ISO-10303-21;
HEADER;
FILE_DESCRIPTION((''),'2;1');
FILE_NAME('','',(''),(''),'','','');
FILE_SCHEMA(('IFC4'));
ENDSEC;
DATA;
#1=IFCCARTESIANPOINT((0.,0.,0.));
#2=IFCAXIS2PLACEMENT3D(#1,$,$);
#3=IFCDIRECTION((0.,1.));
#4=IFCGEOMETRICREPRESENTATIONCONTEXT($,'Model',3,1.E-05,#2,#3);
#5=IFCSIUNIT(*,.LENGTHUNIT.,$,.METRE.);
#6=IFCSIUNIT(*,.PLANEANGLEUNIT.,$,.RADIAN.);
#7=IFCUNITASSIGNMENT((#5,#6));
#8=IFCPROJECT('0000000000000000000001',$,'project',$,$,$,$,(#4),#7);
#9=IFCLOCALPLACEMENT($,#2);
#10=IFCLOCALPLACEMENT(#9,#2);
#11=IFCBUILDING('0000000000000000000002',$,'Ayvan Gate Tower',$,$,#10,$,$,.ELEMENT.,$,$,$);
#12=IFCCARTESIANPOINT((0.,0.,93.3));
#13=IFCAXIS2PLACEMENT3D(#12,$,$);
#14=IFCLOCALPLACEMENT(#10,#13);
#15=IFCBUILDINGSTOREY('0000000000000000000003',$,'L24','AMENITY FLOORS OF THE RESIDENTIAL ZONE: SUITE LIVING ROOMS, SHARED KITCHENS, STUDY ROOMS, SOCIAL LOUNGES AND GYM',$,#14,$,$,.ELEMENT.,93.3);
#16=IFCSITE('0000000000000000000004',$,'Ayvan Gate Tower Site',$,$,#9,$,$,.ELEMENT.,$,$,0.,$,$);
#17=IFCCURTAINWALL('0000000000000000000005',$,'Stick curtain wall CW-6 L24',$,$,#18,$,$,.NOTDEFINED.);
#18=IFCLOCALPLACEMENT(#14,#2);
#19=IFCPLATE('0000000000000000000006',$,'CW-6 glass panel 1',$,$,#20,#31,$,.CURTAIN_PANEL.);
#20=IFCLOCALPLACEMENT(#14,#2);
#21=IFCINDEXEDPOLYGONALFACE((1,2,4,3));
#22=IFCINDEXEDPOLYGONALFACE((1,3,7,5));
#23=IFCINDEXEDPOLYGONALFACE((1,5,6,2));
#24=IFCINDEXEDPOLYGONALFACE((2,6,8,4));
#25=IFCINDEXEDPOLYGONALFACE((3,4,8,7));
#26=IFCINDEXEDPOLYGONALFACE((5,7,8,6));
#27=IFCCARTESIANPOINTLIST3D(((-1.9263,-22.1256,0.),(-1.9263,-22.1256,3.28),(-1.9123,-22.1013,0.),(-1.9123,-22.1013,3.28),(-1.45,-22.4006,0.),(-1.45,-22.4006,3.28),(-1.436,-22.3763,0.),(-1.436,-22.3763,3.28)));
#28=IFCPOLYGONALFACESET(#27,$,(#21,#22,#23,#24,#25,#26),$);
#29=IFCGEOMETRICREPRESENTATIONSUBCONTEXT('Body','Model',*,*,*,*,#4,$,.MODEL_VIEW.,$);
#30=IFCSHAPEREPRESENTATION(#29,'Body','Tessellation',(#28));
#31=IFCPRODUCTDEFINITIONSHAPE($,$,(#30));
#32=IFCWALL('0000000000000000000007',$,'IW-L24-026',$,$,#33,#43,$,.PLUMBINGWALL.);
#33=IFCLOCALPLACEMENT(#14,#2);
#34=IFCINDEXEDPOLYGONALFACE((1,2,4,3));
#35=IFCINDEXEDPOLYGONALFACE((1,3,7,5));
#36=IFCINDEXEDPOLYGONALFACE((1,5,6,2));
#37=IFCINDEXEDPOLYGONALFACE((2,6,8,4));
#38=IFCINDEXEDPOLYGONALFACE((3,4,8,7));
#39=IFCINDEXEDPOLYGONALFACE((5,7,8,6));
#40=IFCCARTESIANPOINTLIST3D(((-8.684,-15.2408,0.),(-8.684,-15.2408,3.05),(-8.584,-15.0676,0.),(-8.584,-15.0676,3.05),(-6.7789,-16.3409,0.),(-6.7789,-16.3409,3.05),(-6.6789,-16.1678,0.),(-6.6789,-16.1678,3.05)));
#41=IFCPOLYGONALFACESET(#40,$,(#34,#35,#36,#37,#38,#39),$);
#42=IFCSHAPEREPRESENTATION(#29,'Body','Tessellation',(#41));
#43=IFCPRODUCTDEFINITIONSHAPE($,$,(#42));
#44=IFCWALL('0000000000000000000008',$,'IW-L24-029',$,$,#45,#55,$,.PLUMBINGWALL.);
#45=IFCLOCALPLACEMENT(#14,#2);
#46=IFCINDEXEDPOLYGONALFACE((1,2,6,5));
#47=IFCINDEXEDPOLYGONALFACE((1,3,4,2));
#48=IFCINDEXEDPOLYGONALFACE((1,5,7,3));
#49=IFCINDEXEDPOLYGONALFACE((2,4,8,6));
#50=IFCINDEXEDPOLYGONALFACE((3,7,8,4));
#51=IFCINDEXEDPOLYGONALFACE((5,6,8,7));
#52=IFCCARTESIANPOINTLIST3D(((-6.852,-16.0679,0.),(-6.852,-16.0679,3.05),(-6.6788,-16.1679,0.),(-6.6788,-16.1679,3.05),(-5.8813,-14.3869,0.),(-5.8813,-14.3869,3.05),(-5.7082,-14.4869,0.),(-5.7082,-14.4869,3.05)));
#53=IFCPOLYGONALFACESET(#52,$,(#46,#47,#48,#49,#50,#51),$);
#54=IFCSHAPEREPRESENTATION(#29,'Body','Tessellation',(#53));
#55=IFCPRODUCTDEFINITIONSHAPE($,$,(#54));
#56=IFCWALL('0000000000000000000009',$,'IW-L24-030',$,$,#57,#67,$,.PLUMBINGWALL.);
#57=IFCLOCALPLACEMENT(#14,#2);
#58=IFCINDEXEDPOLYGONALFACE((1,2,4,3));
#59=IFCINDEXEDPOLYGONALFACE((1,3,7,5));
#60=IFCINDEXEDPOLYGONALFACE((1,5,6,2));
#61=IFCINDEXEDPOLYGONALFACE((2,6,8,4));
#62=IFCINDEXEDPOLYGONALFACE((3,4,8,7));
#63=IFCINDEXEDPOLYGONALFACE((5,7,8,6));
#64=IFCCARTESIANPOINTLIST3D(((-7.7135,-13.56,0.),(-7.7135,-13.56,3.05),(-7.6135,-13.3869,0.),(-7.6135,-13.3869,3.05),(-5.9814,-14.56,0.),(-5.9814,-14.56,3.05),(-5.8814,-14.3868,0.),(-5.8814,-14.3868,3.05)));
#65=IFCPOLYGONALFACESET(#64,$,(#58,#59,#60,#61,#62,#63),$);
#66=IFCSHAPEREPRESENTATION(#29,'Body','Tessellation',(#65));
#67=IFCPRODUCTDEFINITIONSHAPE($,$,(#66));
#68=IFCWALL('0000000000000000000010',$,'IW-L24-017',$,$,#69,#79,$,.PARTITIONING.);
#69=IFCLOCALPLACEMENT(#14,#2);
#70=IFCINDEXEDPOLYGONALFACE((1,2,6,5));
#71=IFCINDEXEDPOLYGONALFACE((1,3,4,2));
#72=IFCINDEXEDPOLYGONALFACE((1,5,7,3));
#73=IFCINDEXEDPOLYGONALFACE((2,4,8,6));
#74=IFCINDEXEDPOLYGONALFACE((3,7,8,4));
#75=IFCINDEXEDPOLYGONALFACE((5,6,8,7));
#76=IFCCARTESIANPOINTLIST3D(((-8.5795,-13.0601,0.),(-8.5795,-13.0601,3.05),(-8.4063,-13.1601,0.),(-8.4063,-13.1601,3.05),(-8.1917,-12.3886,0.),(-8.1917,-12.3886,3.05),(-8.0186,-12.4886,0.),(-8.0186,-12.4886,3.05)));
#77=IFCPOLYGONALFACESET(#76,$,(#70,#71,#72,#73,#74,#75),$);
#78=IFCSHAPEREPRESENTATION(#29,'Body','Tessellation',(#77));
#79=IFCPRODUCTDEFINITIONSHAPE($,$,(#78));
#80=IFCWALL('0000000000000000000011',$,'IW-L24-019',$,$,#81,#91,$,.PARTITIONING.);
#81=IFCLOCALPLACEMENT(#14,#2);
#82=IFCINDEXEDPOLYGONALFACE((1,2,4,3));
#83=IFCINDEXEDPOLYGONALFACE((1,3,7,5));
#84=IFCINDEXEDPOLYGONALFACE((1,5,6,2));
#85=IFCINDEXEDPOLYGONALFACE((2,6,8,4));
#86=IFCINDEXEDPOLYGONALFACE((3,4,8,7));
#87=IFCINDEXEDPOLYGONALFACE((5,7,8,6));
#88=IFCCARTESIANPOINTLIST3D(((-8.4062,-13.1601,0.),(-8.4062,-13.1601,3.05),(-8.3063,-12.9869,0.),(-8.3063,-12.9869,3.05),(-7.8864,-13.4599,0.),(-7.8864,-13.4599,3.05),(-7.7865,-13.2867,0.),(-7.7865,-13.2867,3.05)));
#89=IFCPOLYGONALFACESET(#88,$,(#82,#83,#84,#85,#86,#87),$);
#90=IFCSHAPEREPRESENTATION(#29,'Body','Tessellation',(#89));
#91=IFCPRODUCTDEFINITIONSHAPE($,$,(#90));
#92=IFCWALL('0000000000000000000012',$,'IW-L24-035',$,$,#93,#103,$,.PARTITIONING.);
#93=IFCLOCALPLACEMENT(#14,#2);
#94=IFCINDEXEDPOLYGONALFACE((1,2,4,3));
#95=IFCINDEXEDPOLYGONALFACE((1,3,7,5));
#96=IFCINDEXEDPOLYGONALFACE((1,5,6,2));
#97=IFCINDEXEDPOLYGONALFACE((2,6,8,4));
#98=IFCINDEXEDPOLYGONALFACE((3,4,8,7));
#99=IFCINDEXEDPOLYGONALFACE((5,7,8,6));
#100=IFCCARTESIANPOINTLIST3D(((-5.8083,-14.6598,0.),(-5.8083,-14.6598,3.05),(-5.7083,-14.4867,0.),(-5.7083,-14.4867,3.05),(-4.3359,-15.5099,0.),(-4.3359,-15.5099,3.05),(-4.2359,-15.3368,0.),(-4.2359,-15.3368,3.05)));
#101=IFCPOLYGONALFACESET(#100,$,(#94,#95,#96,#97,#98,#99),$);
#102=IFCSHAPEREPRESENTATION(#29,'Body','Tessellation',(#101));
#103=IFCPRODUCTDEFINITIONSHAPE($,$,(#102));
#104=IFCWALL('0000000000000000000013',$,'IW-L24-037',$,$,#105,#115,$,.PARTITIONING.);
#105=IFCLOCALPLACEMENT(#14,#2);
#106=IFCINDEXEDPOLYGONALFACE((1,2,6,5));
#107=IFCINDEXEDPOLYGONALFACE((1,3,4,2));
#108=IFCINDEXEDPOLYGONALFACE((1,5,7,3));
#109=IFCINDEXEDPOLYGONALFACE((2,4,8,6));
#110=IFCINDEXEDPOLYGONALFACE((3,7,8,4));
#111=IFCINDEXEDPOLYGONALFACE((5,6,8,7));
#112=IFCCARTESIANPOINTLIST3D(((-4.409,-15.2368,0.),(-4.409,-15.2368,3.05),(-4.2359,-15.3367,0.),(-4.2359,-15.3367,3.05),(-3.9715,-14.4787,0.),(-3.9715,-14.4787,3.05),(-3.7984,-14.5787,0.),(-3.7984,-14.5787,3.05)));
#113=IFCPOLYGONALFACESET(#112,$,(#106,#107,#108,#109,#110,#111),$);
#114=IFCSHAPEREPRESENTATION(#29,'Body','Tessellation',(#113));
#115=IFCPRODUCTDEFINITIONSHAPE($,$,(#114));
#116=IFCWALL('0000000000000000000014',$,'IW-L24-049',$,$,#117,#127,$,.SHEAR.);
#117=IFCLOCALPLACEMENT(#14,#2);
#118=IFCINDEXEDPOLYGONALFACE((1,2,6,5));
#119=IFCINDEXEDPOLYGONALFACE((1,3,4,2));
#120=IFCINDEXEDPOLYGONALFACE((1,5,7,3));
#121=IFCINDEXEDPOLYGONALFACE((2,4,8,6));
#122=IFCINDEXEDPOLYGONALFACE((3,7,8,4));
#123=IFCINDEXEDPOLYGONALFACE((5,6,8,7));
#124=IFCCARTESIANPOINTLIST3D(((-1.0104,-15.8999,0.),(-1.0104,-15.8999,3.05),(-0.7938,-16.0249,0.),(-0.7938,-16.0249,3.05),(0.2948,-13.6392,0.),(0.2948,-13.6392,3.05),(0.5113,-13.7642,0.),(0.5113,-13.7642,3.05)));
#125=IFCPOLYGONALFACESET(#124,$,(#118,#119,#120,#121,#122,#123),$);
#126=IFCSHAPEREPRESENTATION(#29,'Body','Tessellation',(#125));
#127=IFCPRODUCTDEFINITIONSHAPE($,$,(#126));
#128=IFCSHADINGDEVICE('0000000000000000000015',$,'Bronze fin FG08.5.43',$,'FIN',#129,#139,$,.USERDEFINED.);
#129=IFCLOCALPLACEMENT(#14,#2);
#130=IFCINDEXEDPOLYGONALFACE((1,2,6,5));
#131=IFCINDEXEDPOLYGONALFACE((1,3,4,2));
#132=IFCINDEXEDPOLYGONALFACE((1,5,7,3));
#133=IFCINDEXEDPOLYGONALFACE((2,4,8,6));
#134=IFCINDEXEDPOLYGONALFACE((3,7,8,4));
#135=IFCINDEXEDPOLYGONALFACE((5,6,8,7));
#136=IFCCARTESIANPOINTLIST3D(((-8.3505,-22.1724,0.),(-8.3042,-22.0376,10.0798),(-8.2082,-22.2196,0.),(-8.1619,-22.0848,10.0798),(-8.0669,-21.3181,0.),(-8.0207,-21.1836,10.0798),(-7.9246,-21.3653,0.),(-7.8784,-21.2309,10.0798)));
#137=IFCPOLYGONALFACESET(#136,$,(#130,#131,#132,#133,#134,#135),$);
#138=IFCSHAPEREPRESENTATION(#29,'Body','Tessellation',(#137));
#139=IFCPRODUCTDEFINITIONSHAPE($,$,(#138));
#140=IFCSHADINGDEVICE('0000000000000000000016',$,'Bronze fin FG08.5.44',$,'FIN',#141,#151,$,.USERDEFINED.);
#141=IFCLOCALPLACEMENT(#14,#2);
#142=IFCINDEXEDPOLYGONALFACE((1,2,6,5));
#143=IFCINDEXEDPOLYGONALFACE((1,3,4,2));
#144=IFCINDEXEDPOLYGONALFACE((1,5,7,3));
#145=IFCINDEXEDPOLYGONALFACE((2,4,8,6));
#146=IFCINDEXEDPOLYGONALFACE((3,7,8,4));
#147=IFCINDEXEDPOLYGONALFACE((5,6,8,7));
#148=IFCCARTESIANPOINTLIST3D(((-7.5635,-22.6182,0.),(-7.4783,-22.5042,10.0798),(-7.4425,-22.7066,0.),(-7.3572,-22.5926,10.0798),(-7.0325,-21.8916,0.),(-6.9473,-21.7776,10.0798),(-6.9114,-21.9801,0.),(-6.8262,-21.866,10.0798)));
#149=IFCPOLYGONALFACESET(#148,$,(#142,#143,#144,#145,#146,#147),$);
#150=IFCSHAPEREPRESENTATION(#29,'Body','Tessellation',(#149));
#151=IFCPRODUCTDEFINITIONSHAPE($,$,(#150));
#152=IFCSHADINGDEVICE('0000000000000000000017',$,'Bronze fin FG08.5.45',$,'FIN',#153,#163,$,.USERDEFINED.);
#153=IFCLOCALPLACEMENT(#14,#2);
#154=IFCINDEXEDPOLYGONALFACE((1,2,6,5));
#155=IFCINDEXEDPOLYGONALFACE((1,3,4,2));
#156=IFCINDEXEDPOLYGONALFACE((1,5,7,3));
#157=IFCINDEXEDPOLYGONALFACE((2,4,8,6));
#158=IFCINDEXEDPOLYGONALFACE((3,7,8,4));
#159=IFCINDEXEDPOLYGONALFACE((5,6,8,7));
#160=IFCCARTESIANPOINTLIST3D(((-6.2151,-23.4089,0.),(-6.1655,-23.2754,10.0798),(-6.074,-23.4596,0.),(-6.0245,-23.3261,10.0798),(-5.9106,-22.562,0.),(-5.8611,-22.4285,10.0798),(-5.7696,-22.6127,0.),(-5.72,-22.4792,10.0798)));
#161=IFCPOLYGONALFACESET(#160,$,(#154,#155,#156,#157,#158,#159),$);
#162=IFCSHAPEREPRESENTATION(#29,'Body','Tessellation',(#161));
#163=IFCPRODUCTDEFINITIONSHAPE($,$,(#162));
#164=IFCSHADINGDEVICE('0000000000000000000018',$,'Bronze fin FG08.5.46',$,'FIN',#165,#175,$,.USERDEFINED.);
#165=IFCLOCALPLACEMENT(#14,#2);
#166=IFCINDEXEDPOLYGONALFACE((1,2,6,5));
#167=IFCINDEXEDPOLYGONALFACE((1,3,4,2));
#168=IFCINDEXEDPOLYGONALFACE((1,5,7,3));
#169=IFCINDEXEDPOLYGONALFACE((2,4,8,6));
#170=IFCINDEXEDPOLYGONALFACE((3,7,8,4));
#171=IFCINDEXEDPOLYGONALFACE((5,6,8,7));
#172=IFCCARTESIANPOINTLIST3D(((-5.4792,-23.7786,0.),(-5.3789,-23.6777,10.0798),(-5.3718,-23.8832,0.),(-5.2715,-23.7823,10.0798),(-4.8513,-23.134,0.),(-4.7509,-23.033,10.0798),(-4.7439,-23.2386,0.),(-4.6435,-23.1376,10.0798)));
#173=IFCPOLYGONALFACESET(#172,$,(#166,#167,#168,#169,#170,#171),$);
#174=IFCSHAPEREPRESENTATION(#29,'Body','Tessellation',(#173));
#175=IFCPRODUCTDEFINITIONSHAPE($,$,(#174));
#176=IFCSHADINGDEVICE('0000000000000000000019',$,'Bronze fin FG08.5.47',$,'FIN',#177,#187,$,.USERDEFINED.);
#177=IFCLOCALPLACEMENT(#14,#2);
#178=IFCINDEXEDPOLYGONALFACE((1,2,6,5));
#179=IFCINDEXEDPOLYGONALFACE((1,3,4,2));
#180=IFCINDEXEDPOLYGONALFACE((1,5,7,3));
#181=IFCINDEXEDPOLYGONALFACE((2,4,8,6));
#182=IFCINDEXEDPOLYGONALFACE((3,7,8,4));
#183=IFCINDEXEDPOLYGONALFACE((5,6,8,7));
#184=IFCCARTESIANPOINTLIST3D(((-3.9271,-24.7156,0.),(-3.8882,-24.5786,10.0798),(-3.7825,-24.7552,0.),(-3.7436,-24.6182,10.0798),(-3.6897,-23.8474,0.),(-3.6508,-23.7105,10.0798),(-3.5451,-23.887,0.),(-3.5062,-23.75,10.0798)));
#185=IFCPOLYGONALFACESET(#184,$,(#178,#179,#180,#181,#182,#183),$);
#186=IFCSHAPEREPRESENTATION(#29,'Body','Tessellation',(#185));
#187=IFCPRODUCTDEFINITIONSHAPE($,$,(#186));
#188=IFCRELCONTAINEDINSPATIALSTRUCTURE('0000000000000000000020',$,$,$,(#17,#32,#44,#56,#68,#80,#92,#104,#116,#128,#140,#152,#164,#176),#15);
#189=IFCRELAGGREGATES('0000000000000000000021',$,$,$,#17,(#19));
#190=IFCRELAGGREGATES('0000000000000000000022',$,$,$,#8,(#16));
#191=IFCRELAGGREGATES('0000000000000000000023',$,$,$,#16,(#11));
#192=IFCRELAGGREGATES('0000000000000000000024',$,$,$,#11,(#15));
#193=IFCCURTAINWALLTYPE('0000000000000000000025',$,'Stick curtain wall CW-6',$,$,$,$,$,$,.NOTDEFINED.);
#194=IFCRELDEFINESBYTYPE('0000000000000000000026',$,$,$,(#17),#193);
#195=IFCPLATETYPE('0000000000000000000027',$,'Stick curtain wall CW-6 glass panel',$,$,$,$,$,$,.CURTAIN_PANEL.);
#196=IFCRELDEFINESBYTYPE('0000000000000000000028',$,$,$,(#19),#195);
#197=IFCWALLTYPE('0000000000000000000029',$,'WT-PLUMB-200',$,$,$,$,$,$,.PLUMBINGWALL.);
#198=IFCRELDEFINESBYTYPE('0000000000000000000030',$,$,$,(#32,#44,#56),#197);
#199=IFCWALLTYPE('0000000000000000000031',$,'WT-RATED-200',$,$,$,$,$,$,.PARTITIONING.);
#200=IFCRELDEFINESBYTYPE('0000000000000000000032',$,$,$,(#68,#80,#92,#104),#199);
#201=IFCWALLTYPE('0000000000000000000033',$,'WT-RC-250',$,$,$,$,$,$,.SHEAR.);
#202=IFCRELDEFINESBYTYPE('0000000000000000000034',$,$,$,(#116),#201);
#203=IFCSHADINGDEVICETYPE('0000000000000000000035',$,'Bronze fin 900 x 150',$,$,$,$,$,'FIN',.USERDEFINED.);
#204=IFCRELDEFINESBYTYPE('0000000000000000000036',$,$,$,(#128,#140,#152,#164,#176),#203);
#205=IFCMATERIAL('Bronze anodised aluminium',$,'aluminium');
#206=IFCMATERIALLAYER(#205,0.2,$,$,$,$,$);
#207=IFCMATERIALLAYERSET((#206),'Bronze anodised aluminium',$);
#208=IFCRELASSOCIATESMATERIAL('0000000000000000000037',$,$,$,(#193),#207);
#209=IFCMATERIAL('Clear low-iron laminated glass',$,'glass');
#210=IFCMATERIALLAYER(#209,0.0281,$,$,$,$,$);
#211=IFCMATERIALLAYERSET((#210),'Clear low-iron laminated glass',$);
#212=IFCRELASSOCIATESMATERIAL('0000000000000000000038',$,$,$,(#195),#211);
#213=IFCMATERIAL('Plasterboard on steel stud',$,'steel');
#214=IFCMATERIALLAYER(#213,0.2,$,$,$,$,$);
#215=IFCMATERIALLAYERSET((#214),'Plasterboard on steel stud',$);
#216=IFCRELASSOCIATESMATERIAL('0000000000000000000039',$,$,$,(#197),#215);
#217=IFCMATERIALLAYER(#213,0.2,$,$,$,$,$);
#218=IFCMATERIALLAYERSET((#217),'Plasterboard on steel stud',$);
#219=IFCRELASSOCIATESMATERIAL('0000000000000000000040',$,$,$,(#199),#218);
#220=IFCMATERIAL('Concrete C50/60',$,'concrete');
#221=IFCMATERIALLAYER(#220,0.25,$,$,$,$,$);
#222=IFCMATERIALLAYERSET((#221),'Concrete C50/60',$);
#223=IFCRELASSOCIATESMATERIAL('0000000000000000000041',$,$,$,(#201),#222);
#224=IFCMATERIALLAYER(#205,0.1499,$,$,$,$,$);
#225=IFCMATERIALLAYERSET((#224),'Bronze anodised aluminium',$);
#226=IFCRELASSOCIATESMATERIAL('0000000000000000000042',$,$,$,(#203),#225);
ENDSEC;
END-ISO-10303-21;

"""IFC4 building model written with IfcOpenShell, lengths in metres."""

from ifc_helpers import new_model, si_unit, direction, frame, frame_2d, origin, origin_2d, place, context, subcontext, project, spatial, polyline, rectangle, outline, extrude, material, layer, layer_set, type_object, element, aggregate, save


model = new_model("IFC4")

# Units and contexts
model_context = context("Model", 3, precision=1e-05, world=origin(), true_north=direction((0.0, 1.0)))
body_context = subcontext(model_context, "Body", "Model", "MODEL_VIEW")
ifc_project = project(units=[si_unit("LENGTHUNIT", "METRE"), si_unit("PLANEANGLEUNIT", "RADIAN")], contexts=[model_context])

# Site, building, storey
site_placement = place(None, origin())
site = spatial("IfcSite", under=ifc_project, at=site_placement, Name="Ayvan Gate Tower Site", CompositionType="ELEMENT", RefElevation=0.0)
building_placement = place(site_placement, origin())
building = spatial("IfcBuilding", under=site, at=building_placement, Name="Ayvan Gate Tower", CompositionType="ELEMENT")
storey_placement = place(building_placement, frame((0.0, 0.0, 93.3)))
storey = spatial("IfcBuildingStorey", under=building, at=storey_placement, Name="L24", Description="AMENITY FLOORS OF THE RESIDENTIAL ZONE: SUITE LIVING ROOMS, SHARED KITCHENS, STUDY ROOMS, SOCIAL LOUNGES AND GYM", CompositionType="ELEMENT", Elevation=93.3)

# Curtain wall
ifc_material_1 = material(Name="Bronze anodised aluminium", Category="aluminium")
ifc_layer_1 = layer(ifc_material_1, 0.2)
ifc_layer_set_1 = layer_set([ifc_layer_1], Name="Bronze anodised aluminium")
curtain_wall_type_1 = type_object("IfcCurtainWallType", Name="Stick curtain wall CW-6", PredefinedType="NOTDEFINED", material=ifc_layer_set_1)
curtain_wall_1_placement = place(storey_placement, origin())
curtain_wall_1 = element("IfcCurtainWall", 1, at=curtain_wall_1_placement, inside=storey, type_object=curtain_wall_type_1, Name="Stick curtain wall CW-6 L24", PredefinedType="NOTDEFINED")

# Plate
ifc_material_2 = material(Name="Clear low-iron laminated glass", Category="glass")
ifc_layer_2 = layer(ifc_material_2, 0.0281)
ifc_layer_set_2 = layer_set([ifc_layer_2], Name="Clear low-iron laminated glass")
plate_type_1 = type_object("IfcPlateType", Name="Stick curtain wall CW-6 glass panel", PredefinedType="CURTAIN_PANEL", material=ifc_layer_set_2)
plate_1_placement = place(storey_placement, frame((-1.6812, -22.251, 0.0), z_axis=(0.0, 0.0, 1.0), x_axis=(0.866025, -0.5, 0.0)))
plate_1 = element("IfcPlate", 2, at=plate_1_placement, type_object=plate_type_1, Name="CW-6 glass panel 1", PredefinedType="CURTAIN_PANEL", context=body_context, shape_type="SweptSolid", body=[
    extrude(rectangle(XDim=0.55, YDim=0.0281, at=origin_2d()), origin(), (0.0, 0.0, 1.0), 3.28),
])
aggregate(curtain_wall_1, [plate_1])

# Walls
ifc_material_3 = material(Name="Plasterboard on steel stud", Category="steel")
ifc_layer_3 = layer(ifc_material_3, 0.2)
ifc_layer_set_3 = layer_set([ifc_layer_3], Name="Plasterboard on steel stud")
wall_type_1 = type_object("IfcWallType", Name="WT-PLUMB-200", PredefinedType="PLUMBINGWALL", material=ifc_layer_set_3)
wall_1_placement = place(storey_placement, frame((-6.7288, -16.2544, 0.0), z_axis=(0.0, 0.0, 1.0), x_axis=(-0.86598, 0.500078, 0.0)))
element("IfcWall", 3, at=wall_1_placement, inside=storey, type_object=wall_type_1, Name="IW-L24-026", PredefinedType="PLUMBINGWALL", context=body_context, shape_type="SweptSolid", body=[
    extrude(rectangle(XDim=2.2, YDim=0.2, at=frame_2d((1.1001, 0.0))), origin(), (0.0, 0.0, 1.0), 3.05),
])
wall_2_placement = place(storey_placement, frame((-5.7947, -14.4368, 0.0), z_axis=(0.0, 0.0, 1.0), x_axis=(-0.500035, -0.866005, 0.0)))
element("IfcWall", 4, at=wall_2_placement, inside=storey, type_object=wall_type_1, Name="IW-L24-029", PredefinedType="PLUMBINGWALL", context=body_context, shape_type="SweptSolid", body=[
    extrude(rectangle(XDim=1.9412, YDim=0.2, at=frame_2d((0.9707, 0.0))), origin(), (0.0, 0.0, 1.0), 3.05),
])
wall_3_placement = place(storey_placement, frame((-5.9314, -14.4734, 0.0), z_axis=(0.0, 0.0, 1.0), x_axis=(-0.866041, 0.499973, 0.0)))
element("IfcWall", 5, at=wall_3_placement, inside=storey, type_object=wall_type_1, Name="IW-L24-030", PredefinedType="PLUMBINGWALL", context=body_context, shape_type="SweptSolid", body=[
    extrude(rectangle(XDim=2.0, YDim=0.2, at=frame_2d((1.0, 0.0))), origin(), (0.0, 0.0, 1.0), 3.05),
])
ifc_layer_4 = layer(ifc_material_3, 0.2)
ifc_layer_set_4 = layer_set([ifc_layer_4], Name="Plasterboard on steel stud")
wall_type_2 = type_object("IfcWallType", Name="WT-RATED-200", PredefinedType="PARTITIONING", material=ifc_layer_set_4)
wall_4_placement = place(storey_placement, frame((-8.4929, -13.1101, 0.0), z_axis=(0.0, 0.0, 1.0), x_axis=(0.500068, 0.865986, 0.0)))
element("IfcWall", 6, at=wall_4_placement, inside=storey, type_object=wall_type_2, Name="IW-L24-017", PredefinedType="PARTITIONING", context=body_context, shape_type="SweptSolid", body=[
    extrude(rectangle(XDim=0.7754, YDim=0.2, at=frame_2d((0.3877, 0.0))), origin(), (0.0, 0.0, 1.0), 3.05),
])
wall_5_placement = place(storey_placement, frame((-7.8364, -13.3733, 0.0), z_axis=(0.0, 0.0, 1.0), x_axis=(-0.866233, 0.49964, 0.0)))
element("IfcWall", 7, at=wall_5_placement, inside=storey, type_object=wall_type_2, Name="IW-L24-019", PredefinedType="PARTITIONING", context=body_context, shape_type="SweptSolid", body=[
    extrude(rectangle(XDim=0.6001, YDim=0.2, at=frame_2d((0.3, 0.0))), origin(), (0.0, 0.0, 1.0), 3.05),
])
wall_6_placement = place(storey_placement, frame((-4.2859, -15.4233, 0.0), z_axis=(0.0, 0.0, 1.0), x_axis=(-0.866025, 0.5, 0.0)))
element("IfcWall", 8, at=wall_6_placement, inside=storey, type_object=wall_type_2, Name="IW-L24-035", PredefinedType="PARTITIONING", context=body_context, shape_type="SweptSolid", body=[
    extrude(rectangle(XDim=1.7002, YDim=0.2, at=frame_2d((0.8501, 0.0))), origin(), (0.0, 0.0, 1.0), 3.05),
])
wall_7_placement = place(storey_placement, frame((-3.885, -14.5288, 0.0), z_axis=(0.0, 0.0, 1.0), x_axis=(-0.499859, -0.866107, 0.0)))
element("IfcWall", 9, at=wall_7_placement, inside=storey, type_object=wall_type_2, Name="IW-L24-037", PredefinedType="PARTITIONING", context=body_context, shape_type="SweptSolid", body=[
    extrude(rectangle(XDim=0.8752, YDim=0.2, at=frame_2d((0.4375, 0.0))), origin(), (0.0, 0.0, 1.0), 3.05),
])
ifc_material_4 = material(Name="Concrete C50/60", Category="concrete")
ifc_layer_5 = layer(ifc_material_4, 0.25)
ifc_layer_set_5 = layer_set([ifc_layer_5], Name="Concrete C50/60")
wall_type_3 = type_object("IfcWallType", Name="WT-RC-250", PredefinedType="SHEAR", material=ifc_layer_set_5)
wall_8_placement = place(storey_placement, frame((-0.9021, -15.9624, 0.0), z_axis=(0.0, 0.0, 1.0), x_axis=(0.499982, 0.866036, 0.0)))
element("IfcWall", 10, at=wall_8_placement, inside=storey, type_object=wall_type_3, Name="IW-L24-049", PredefinedType="SHEAR", context=body_context, shape_type="SweptSolid", body=[
    extrude(rectangle(XDim=2.6104, YDim=0.25, at=frame_2d((1.3052, 0.0))), origin(), (0.0, 0.0, 1.0), 3.05),
])

# Shading devices
ifc_layer_6 = layer(ifc_material_1, 0.1499)
ifc_layer_set_6 = layer_set([ifc_layer_6], Name="Bronze anodised aluminium")
shading_device_type = type_object("IfcShadingDeviceType", Name="Bronze fin 900 x 150", ElementType="FIN", PredefinedType="USERDEFINED", material=ifc_layer_set_6)
shading_device_1_placement = place(storey_placement, frame((-8.0669, -21.3181, 0.0), z_axis=(-0.949062, 0.315088, 0.000147), x_axis=(-0.315088, -0.949062, 0.0)))
element("IfcShadingDevice", 11, at=shading_device_1_placement, inside=storey, type_object=shading_device_type, Name="Bronze fin FG08.5.43", ObjectType="FIN", PredefinedType="USERDEFINED", context=body_context, shape_type="SweptSolid", body=[
    extrude(outline(polyline([(0.0, 0.0), (0.9001, 0.0), (0.7576, 10.0798), (-0.1422, 10.0798), (0.0, 0.0)])), origin(), (0.0, 0.0, -1.0), 0.1499),
])
shading_device_2_placement = place(storey_placement, frame((-7.0325, -21.8916, 0.0), z_axis=(-0.807361, 0.590057, 0.00015), x_axis=(-0.590057, -0.807361, 0.0)))
element("IfcShadingDevice", 12, at=shading_device_2_placement, inside=storey, type_object=shading_device_type, Name="Bronze fin FG08.5.44", ObjectType="FIN", PredefinedType="USERDEFINED", context=body_context, shape_type="SweptSolid", body=[
    extrude(outline(polyline([(0.0, 0.0), (0.8999, 0.0), (0.7576, 10.0798), (-0.1423, 10.0798), (0.0, 0.0)])), origin(), (0.0, 0.0, -1.0), 0.1499),
])
shading_device_3_placement = place(storey_placement, frame((-5.9106, -22.562, 0.0), z_axis=(-0.941046, 0.338278, 0.000145), x_axis=(-0.338278, -0.941046, 0.0)))
element("IfcShadingDevice", 13, at=shading_device_3_placement, inside=storey, type_object=shading_device_type, Name="Bronze fin FG08.5.45", ObjectType="FIN", PredefinedType="USERDEFINED", context=body_context, shape_type="SweptSolid", body=[
    extrude(outline(polyline([(0.0, 0.0), (0.9, 0.0), (0.7575, 10.0798), (-0.1424, 10.0798), (0.0, 0.0)])), origin(), (0.0, 0.0, -1.0), 0.1499),
])
shading_device_4_placement = place(storey_placement, frame((-4.8513, -23.134, 0.0), z_axis=(-0.716337, 0.697754, 0.000143), x_axis=(-0.697754, -0.716337, 0.0)))
element("IfcShadingDevice", 14, at=shading_device_4_placement, inside=storey, type_object=shading_device_type, Name="Bronze fin FG08.5.46", ObjectType="FIN", PredefinedType="USERDEFINED", context=body_context, shape_type="SweptSolid", body=[
    extrude(outline(polyline([(0.0, 0.0), (0.8998, 0.0), (0.7576, 10.0798), (-0.1424, 10.0798), (0.0, 0.0)])), origin(), (0.0, 0.0, -1.0), 0.1499),
])
shading_device_5_placement = place(storey_placement, frame((-3.6897, -23.8474, 0.0), z_axis=(-0.964579, 0.263794, 0.000142), x_axis=(-0.263794, -0.964579, 0.0)))
element("IfcShadingDevice", 15, at=shading_device_5_placement, inside=storey, type_object=shading_device_type, Name="Bronze fin FG08.5.47", ObjectType="FIN", PredefinedType="USERDEFINED", context=body_context, shape_type="SweptSolid", body=[
    extrude(outline(polyline([(0.0, 0.0), (0.9001, 0.0), (0.7577, 10.0798), (-0.1424, 10.0798), (0.0, 0.0)])), origin(), (0.0, 0.0, -1.0), 0.1499),
])

save(model, "model.ifc")
